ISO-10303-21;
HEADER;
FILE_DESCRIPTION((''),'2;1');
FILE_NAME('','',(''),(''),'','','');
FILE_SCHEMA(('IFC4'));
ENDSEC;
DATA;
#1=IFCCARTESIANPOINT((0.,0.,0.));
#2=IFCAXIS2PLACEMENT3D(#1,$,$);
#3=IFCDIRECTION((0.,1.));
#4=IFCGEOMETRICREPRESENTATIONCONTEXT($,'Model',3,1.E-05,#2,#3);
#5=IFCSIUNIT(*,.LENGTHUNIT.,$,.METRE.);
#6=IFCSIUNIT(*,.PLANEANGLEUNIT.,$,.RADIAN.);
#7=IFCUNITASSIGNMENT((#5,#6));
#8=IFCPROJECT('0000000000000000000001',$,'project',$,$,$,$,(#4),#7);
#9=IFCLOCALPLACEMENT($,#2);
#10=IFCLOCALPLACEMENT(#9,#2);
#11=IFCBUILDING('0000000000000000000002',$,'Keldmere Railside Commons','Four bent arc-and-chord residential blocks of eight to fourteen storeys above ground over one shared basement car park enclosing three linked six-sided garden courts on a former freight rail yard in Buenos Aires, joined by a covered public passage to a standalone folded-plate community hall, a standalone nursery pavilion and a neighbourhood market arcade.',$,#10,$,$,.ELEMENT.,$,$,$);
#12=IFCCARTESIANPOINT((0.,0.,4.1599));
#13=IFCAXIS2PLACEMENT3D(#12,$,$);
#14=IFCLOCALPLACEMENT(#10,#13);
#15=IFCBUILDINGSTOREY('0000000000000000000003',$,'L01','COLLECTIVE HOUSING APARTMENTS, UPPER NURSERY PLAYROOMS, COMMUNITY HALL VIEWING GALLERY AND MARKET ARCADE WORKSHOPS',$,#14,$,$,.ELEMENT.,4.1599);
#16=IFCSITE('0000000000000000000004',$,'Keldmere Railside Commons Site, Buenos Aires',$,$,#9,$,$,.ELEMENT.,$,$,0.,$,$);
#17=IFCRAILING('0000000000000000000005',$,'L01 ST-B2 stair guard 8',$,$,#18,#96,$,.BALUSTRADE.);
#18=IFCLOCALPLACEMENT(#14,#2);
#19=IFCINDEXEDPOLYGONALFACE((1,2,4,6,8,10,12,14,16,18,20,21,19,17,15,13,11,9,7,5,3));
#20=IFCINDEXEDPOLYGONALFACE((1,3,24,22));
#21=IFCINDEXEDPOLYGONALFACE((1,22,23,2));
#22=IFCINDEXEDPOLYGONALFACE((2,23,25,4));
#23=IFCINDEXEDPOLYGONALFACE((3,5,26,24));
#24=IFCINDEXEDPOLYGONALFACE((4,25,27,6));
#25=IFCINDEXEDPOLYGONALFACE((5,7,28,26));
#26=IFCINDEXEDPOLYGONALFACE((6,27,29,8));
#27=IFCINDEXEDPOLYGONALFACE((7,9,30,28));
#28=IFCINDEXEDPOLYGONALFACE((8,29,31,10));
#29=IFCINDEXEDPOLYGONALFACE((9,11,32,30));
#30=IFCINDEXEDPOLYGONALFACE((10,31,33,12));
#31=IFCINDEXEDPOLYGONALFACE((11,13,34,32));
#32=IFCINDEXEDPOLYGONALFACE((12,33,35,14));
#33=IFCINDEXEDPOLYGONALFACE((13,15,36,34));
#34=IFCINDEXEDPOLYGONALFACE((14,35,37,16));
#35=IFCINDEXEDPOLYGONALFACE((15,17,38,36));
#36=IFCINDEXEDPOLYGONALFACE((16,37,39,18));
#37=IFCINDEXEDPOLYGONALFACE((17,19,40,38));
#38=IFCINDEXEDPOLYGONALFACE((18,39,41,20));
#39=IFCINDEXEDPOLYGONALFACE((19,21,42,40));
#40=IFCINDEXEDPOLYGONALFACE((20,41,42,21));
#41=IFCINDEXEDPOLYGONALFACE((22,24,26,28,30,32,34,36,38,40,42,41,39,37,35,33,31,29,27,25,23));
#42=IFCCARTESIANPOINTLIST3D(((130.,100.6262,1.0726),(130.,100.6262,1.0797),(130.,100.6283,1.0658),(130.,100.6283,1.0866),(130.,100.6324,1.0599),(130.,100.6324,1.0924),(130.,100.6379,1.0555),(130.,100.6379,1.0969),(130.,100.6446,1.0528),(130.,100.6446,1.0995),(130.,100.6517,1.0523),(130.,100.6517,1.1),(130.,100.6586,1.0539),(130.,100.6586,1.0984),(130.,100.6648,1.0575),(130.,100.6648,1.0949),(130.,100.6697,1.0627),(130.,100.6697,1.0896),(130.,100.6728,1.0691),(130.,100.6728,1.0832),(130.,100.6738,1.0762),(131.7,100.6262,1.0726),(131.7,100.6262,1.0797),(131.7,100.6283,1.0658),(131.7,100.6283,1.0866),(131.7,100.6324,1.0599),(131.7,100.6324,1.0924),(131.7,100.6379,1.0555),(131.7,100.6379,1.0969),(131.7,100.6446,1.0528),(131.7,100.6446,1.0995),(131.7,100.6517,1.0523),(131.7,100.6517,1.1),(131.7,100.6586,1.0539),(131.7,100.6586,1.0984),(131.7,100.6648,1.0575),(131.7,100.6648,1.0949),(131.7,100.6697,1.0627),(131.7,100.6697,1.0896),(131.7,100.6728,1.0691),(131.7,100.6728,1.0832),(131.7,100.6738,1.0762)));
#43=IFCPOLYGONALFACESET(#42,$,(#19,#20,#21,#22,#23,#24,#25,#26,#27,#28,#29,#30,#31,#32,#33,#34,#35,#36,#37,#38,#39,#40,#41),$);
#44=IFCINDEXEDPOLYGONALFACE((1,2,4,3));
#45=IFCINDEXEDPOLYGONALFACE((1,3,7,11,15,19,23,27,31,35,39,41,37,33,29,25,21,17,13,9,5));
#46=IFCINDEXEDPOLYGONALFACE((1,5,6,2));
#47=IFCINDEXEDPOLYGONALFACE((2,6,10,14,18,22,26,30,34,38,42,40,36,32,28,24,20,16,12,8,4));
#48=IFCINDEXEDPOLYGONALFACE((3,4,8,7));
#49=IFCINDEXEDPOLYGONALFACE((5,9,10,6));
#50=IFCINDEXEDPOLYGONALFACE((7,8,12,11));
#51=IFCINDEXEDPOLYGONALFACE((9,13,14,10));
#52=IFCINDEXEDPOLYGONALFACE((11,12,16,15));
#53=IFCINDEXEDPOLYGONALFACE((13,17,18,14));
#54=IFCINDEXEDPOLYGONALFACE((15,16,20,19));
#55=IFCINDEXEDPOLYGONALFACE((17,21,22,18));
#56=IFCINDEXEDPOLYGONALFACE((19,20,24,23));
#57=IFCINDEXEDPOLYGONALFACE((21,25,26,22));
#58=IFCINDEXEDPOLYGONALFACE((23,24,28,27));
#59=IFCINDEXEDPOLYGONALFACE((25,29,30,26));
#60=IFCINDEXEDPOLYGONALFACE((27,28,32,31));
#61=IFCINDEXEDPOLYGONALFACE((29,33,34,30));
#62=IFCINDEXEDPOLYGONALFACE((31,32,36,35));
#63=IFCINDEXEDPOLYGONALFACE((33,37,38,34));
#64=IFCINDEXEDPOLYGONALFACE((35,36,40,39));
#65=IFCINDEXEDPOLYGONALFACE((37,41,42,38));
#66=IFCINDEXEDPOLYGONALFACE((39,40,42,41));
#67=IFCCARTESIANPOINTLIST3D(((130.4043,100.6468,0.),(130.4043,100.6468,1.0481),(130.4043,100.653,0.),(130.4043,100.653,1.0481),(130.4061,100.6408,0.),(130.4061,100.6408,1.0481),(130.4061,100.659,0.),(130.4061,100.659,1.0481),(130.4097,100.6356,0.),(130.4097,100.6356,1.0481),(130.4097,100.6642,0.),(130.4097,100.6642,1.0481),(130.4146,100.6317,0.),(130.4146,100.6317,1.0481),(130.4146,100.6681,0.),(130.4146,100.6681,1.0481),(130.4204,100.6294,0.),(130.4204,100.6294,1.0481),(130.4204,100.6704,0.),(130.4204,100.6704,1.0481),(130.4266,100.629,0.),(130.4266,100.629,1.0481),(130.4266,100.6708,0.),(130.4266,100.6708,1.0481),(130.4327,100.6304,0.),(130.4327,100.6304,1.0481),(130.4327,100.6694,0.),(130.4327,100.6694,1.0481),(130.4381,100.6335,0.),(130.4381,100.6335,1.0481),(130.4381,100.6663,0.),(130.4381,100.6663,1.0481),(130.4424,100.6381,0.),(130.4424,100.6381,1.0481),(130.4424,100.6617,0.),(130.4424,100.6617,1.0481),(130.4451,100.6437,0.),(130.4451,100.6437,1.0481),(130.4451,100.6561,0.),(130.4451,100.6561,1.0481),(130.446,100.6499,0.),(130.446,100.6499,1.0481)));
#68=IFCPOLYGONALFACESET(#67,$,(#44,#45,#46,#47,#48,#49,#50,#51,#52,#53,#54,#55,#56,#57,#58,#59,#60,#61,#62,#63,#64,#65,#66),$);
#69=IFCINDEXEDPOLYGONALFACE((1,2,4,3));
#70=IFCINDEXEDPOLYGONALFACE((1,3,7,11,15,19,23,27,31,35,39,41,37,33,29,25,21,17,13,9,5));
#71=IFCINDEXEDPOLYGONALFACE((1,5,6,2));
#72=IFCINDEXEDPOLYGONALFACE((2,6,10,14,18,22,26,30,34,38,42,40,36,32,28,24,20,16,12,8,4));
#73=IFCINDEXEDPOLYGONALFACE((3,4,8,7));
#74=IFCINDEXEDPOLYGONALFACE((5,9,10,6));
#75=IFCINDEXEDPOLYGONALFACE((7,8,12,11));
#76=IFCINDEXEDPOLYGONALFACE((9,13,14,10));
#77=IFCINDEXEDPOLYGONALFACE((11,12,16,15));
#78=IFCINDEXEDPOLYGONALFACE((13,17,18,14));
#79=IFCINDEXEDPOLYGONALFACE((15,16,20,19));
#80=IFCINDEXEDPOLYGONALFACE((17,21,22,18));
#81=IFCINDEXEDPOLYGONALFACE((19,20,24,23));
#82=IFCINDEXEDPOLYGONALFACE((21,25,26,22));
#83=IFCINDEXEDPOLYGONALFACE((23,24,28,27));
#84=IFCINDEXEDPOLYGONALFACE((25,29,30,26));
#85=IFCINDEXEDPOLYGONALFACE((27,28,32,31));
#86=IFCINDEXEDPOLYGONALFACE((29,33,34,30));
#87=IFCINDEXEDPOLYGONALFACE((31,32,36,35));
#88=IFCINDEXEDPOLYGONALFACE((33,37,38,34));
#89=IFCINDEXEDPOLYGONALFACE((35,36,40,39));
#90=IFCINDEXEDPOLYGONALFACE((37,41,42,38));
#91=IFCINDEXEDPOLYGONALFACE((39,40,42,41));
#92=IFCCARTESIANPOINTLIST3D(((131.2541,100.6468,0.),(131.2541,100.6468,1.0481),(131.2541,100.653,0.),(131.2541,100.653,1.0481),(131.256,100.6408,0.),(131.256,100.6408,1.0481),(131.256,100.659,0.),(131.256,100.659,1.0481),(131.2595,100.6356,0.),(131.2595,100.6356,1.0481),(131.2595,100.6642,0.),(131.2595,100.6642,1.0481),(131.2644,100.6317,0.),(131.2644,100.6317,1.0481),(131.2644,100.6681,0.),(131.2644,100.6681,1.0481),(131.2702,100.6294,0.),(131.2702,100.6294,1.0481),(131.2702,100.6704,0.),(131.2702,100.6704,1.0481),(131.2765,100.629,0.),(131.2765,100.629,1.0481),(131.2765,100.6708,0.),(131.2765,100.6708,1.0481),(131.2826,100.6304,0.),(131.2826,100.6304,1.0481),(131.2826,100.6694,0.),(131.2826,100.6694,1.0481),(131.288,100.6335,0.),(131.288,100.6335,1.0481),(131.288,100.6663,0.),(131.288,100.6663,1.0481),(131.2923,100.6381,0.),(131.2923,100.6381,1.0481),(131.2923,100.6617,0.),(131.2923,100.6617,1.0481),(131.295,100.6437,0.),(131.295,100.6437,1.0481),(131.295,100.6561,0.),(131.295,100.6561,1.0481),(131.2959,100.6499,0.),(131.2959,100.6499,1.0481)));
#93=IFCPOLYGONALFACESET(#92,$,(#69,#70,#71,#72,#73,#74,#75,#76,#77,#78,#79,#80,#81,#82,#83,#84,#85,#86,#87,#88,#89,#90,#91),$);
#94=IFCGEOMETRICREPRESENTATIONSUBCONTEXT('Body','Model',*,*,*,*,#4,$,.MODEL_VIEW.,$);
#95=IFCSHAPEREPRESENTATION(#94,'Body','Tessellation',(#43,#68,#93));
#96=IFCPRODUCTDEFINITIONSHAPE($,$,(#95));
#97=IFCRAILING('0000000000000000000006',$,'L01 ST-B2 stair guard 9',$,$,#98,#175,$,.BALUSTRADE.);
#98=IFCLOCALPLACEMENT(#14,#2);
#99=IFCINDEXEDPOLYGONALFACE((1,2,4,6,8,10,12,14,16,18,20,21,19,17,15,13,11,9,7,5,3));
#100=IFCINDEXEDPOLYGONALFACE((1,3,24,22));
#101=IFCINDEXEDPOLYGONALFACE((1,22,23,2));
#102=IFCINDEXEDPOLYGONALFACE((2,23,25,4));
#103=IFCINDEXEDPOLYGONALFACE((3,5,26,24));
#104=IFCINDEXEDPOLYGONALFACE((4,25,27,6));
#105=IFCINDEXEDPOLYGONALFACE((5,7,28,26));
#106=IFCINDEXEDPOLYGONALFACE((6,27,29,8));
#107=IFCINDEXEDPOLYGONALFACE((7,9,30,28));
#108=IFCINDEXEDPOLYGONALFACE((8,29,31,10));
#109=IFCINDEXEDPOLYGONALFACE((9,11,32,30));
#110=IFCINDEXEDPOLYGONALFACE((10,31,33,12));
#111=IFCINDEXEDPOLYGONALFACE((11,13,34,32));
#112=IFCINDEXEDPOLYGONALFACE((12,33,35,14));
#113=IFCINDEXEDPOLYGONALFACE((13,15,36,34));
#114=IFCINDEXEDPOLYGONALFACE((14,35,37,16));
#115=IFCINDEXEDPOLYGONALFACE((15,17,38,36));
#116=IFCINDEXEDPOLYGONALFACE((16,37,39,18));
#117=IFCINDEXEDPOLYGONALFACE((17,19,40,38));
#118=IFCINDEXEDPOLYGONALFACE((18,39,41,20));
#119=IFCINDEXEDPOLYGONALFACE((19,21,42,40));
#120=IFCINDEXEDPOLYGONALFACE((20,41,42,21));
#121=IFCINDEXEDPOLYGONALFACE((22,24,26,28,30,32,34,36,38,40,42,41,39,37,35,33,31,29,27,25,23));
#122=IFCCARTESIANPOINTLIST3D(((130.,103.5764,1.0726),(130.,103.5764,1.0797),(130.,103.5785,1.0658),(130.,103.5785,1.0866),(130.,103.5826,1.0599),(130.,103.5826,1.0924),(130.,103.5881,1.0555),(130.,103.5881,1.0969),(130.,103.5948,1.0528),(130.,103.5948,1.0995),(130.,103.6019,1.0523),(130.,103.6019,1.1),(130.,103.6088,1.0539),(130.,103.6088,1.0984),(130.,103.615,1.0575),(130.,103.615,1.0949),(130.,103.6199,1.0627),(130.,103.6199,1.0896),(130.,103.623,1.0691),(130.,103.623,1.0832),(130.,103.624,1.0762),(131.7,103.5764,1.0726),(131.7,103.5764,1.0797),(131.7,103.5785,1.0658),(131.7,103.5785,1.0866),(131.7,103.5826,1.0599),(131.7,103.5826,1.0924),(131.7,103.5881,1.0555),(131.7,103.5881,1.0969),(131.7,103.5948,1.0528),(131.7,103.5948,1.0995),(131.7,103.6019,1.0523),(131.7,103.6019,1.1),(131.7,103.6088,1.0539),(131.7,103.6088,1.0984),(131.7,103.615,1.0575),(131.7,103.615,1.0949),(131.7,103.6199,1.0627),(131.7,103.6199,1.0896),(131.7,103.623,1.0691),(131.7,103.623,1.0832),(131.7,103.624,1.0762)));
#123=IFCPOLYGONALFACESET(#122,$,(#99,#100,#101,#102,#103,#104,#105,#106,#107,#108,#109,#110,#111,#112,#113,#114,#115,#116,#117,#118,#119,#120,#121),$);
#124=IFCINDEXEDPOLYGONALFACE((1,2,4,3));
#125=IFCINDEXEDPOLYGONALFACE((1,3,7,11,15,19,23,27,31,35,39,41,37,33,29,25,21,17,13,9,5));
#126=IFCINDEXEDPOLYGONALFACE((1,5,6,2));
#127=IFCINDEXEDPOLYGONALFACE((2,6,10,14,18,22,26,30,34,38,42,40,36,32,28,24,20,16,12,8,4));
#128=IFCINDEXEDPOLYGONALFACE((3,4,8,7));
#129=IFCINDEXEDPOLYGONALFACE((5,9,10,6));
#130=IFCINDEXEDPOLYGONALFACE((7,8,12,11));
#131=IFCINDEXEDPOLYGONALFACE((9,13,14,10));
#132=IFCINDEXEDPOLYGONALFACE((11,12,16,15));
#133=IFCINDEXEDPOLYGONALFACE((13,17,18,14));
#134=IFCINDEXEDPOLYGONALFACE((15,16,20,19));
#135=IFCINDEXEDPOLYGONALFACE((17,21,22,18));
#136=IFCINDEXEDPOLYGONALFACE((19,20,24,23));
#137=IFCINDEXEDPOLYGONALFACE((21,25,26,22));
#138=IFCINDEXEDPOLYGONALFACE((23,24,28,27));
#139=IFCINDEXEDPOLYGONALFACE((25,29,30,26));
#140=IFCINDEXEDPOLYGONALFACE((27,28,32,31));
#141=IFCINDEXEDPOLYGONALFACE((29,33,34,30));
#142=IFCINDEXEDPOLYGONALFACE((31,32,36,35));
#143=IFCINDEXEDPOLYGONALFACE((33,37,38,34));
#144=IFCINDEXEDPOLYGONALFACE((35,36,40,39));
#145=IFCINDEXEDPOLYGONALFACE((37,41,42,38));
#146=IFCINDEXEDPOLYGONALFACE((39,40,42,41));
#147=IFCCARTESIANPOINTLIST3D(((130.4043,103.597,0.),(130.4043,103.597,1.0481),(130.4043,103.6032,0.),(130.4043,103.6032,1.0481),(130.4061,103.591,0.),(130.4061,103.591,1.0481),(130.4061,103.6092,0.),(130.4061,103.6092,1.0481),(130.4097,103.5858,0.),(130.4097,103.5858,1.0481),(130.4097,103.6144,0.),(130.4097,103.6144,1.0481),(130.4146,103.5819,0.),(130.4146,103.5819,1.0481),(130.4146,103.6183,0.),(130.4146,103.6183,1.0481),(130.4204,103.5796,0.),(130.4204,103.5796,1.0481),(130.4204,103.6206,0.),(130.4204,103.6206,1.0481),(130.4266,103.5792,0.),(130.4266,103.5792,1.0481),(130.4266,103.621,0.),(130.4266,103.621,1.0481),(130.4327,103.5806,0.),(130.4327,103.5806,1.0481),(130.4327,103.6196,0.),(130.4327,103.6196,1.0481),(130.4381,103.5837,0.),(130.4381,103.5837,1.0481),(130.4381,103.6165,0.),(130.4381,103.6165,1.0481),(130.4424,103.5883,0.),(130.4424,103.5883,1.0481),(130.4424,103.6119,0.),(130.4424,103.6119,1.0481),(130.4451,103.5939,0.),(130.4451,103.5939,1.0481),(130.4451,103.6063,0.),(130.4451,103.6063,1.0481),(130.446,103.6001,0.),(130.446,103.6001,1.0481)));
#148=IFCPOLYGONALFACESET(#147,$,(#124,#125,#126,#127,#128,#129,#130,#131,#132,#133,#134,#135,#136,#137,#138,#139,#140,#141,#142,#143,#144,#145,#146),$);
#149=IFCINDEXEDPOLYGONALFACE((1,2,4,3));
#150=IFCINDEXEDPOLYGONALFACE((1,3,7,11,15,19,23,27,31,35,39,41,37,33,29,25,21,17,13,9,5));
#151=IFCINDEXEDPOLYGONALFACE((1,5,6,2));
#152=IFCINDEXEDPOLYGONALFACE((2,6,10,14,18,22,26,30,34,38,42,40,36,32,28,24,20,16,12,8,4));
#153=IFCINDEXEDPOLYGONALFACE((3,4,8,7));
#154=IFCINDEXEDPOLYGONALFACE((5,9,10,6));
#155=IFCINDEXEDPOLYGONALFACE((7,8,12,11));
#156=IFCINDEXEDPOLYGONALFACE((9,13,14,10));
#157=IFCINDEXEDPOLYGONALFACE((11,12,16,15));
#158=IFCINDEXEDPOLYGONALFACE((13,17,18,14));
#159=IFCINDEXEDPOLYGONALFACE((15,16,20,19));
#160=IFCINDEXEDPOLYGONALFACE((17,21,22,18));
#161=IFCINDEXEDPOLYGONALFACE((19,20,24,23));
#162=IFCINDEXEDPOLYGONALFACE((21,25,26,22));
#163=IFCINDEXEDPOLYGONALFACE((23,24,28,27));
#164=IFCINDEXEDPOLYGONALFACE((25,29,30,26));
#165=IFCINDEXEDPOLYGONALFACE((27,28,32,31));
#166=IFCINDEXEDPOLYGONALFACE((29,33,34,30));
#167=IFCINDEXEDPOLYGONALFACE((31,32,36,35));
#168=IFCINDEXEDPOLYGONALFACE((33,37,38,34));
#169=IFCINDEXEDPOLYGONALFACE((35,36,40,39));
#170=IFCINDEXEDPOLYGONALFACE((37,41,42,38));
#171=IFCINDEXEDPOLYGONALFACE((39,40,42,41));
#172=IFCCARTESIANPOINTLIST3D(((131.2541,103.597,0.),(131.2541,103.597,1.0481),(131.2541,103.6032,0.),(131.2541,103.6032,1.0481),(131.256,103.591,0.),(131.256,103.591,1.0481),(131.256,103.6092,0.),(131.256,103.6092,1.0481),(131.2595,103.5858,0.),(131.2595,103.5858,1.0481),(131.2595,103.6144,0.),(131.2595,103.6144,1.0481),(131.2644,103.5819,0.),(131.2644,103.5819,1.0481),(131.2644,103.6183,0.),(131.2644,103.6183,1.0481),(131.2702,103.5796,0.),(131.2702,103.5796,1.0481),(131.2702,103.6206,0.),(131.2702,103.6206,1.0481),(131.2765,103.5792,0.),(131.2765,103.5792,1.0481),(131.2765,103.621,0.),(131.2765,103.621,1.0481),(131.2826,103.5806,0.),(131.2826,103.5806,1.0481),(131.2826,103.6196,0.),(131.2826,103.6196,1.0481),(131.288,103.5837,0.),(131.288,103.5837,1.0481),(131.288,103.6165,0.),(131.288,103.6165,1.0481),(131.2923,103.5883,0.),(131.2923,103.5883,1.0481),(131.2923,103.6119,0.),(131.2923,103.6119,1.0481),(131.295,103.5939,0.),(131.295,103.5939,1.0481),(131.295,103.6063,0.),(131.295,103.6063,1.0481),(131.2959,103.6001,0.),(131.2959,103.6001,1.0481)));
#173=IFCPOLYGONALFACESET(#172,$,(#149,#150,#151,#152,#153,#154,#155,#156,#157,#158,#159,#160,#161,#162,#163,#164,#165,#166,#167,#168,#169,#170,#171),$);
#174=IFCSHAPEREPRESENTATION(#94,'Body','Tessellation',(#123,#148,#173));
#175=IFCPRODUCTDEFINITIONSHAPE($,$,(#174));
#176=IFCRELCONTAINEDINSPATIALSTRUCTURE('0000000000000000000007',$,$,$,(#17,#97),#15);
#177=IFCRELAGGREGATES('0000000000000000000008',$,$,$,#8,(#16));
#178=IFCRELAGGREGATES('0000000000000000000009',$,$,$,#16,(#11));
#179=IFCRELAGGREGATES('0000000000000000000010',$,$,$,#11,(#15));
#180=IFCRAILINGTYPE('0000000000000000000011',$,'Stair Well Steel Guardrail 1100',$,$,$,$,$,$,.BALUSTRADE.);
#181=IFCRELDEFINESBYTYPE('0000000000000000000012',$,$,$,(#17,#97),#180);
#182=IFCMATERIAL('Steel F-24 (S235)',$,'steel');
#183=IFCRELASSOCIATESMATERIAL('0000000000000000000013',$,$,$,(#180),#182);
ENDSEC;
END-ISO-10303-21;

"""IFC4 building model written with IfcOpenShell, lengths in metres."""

from ifc_helpers import new_model, si_unit, direction, frame, origin, origin_2d, place, context, subcontext, project, spatial, circle, extrude, material, type_object, element, save


model = new_model("IFC4")

# Units and contexts
model_context = context("Model", 3, precision=1e-05, world=origin(), true_north=direction((0.0, 1.0)))
body_context = subcontext(model_context, "Body", "Model", "MODEL_VIEW")
ifc_project = project(units=[si_unit("LENGTHUNIT", "METRE"), si_unit("PLANEANGLEUNIT", "RADIAN")], contexts=[model_context])

# Site, building, storey
site_placement = place(None, origin())
site = spatial("IfcSite", under=ifc_project, at=site_placement, Name="Keldmere Railside Commons Site, Buenos Aires", CompositionType="ELEMENT", RefElevation=0.0)
building_placement = place(site_placement, origin())
building = spatial("IfcBuilding", under=site, at=building_placement, Name="Keldmere Railside Commons", Description="Four bent arc-and-chord residential blocks of eight to fourteen storeys above ground over one shared basement car park enclosing three linked six-sided garden courts on a former freight rail yard in Buenos Aires, joined by a covered public passage to a standalone folded-plate community hall, a standalone nursery pavilion and a neighbourhood market arcade.", CompositionType="ELEMENT")
storey_placement = place(building_placement, frame((0.0, 0.0, 4.1599)))
storey = spatial("IfcBuildingStorey", under=building, at=storey_placement, Name="L01", Description="COLLECTIVE HOUSING APARTMENTS, UPPER NURSERY PLAYROOMS, COMMUNITY HALL VIEWING GALLERY AND MARKET ARCADE WORKSHOPS", CompositionType="ELEMENT", Elevation=4.1599)

# Railings
ifc_material_1 = material(Name="Steel F-24 (S235)", Category="steel")
railing_type = type_object("IfcRailingType", Name="Stair Well Steel Guardrail 1100", PredefinedType="BALUSTRADE", material=ifc_material_1)
for number, where, name in (
    (1, (130.0, 100.6499, 0.0), "L01 ST-B2 stair guard 8"),
    (2, (130.0, 103.6001, 0.0), "L01 ST-B2 stair guard 9"),
):
    element("IfcRailing", number, at=place(storey_placement, frame(where)), inside=storey, type_object=railing_type, Name=name, PredefinedType="BALUSTRADE", context=body_context, shape_type="SweptSolid", body=[
        extrude(circle(Radius=0.0239, at=origin_2d()), frame((0.0, 0.0, 1.0762), z_axis=(1.0, 0.0, 0.0), x_axis=(0.0, 1.0, 0.0)), (0.0, 0.0, 1.0), 1.7),
        extrude(circle(Radius=0.021, at=origin_2d()), frame((0.425, 0.0, 0.0)), (0.0, 0.0, 1.0), 1.0481),
        extrude(circle(Radius=0.021, at=origin_2d()), frame((1.2749, 0.0, 0.0)), (0.0, 0.0, 1.0), 1.0481),
    ])

save(model, "model.ifc")
